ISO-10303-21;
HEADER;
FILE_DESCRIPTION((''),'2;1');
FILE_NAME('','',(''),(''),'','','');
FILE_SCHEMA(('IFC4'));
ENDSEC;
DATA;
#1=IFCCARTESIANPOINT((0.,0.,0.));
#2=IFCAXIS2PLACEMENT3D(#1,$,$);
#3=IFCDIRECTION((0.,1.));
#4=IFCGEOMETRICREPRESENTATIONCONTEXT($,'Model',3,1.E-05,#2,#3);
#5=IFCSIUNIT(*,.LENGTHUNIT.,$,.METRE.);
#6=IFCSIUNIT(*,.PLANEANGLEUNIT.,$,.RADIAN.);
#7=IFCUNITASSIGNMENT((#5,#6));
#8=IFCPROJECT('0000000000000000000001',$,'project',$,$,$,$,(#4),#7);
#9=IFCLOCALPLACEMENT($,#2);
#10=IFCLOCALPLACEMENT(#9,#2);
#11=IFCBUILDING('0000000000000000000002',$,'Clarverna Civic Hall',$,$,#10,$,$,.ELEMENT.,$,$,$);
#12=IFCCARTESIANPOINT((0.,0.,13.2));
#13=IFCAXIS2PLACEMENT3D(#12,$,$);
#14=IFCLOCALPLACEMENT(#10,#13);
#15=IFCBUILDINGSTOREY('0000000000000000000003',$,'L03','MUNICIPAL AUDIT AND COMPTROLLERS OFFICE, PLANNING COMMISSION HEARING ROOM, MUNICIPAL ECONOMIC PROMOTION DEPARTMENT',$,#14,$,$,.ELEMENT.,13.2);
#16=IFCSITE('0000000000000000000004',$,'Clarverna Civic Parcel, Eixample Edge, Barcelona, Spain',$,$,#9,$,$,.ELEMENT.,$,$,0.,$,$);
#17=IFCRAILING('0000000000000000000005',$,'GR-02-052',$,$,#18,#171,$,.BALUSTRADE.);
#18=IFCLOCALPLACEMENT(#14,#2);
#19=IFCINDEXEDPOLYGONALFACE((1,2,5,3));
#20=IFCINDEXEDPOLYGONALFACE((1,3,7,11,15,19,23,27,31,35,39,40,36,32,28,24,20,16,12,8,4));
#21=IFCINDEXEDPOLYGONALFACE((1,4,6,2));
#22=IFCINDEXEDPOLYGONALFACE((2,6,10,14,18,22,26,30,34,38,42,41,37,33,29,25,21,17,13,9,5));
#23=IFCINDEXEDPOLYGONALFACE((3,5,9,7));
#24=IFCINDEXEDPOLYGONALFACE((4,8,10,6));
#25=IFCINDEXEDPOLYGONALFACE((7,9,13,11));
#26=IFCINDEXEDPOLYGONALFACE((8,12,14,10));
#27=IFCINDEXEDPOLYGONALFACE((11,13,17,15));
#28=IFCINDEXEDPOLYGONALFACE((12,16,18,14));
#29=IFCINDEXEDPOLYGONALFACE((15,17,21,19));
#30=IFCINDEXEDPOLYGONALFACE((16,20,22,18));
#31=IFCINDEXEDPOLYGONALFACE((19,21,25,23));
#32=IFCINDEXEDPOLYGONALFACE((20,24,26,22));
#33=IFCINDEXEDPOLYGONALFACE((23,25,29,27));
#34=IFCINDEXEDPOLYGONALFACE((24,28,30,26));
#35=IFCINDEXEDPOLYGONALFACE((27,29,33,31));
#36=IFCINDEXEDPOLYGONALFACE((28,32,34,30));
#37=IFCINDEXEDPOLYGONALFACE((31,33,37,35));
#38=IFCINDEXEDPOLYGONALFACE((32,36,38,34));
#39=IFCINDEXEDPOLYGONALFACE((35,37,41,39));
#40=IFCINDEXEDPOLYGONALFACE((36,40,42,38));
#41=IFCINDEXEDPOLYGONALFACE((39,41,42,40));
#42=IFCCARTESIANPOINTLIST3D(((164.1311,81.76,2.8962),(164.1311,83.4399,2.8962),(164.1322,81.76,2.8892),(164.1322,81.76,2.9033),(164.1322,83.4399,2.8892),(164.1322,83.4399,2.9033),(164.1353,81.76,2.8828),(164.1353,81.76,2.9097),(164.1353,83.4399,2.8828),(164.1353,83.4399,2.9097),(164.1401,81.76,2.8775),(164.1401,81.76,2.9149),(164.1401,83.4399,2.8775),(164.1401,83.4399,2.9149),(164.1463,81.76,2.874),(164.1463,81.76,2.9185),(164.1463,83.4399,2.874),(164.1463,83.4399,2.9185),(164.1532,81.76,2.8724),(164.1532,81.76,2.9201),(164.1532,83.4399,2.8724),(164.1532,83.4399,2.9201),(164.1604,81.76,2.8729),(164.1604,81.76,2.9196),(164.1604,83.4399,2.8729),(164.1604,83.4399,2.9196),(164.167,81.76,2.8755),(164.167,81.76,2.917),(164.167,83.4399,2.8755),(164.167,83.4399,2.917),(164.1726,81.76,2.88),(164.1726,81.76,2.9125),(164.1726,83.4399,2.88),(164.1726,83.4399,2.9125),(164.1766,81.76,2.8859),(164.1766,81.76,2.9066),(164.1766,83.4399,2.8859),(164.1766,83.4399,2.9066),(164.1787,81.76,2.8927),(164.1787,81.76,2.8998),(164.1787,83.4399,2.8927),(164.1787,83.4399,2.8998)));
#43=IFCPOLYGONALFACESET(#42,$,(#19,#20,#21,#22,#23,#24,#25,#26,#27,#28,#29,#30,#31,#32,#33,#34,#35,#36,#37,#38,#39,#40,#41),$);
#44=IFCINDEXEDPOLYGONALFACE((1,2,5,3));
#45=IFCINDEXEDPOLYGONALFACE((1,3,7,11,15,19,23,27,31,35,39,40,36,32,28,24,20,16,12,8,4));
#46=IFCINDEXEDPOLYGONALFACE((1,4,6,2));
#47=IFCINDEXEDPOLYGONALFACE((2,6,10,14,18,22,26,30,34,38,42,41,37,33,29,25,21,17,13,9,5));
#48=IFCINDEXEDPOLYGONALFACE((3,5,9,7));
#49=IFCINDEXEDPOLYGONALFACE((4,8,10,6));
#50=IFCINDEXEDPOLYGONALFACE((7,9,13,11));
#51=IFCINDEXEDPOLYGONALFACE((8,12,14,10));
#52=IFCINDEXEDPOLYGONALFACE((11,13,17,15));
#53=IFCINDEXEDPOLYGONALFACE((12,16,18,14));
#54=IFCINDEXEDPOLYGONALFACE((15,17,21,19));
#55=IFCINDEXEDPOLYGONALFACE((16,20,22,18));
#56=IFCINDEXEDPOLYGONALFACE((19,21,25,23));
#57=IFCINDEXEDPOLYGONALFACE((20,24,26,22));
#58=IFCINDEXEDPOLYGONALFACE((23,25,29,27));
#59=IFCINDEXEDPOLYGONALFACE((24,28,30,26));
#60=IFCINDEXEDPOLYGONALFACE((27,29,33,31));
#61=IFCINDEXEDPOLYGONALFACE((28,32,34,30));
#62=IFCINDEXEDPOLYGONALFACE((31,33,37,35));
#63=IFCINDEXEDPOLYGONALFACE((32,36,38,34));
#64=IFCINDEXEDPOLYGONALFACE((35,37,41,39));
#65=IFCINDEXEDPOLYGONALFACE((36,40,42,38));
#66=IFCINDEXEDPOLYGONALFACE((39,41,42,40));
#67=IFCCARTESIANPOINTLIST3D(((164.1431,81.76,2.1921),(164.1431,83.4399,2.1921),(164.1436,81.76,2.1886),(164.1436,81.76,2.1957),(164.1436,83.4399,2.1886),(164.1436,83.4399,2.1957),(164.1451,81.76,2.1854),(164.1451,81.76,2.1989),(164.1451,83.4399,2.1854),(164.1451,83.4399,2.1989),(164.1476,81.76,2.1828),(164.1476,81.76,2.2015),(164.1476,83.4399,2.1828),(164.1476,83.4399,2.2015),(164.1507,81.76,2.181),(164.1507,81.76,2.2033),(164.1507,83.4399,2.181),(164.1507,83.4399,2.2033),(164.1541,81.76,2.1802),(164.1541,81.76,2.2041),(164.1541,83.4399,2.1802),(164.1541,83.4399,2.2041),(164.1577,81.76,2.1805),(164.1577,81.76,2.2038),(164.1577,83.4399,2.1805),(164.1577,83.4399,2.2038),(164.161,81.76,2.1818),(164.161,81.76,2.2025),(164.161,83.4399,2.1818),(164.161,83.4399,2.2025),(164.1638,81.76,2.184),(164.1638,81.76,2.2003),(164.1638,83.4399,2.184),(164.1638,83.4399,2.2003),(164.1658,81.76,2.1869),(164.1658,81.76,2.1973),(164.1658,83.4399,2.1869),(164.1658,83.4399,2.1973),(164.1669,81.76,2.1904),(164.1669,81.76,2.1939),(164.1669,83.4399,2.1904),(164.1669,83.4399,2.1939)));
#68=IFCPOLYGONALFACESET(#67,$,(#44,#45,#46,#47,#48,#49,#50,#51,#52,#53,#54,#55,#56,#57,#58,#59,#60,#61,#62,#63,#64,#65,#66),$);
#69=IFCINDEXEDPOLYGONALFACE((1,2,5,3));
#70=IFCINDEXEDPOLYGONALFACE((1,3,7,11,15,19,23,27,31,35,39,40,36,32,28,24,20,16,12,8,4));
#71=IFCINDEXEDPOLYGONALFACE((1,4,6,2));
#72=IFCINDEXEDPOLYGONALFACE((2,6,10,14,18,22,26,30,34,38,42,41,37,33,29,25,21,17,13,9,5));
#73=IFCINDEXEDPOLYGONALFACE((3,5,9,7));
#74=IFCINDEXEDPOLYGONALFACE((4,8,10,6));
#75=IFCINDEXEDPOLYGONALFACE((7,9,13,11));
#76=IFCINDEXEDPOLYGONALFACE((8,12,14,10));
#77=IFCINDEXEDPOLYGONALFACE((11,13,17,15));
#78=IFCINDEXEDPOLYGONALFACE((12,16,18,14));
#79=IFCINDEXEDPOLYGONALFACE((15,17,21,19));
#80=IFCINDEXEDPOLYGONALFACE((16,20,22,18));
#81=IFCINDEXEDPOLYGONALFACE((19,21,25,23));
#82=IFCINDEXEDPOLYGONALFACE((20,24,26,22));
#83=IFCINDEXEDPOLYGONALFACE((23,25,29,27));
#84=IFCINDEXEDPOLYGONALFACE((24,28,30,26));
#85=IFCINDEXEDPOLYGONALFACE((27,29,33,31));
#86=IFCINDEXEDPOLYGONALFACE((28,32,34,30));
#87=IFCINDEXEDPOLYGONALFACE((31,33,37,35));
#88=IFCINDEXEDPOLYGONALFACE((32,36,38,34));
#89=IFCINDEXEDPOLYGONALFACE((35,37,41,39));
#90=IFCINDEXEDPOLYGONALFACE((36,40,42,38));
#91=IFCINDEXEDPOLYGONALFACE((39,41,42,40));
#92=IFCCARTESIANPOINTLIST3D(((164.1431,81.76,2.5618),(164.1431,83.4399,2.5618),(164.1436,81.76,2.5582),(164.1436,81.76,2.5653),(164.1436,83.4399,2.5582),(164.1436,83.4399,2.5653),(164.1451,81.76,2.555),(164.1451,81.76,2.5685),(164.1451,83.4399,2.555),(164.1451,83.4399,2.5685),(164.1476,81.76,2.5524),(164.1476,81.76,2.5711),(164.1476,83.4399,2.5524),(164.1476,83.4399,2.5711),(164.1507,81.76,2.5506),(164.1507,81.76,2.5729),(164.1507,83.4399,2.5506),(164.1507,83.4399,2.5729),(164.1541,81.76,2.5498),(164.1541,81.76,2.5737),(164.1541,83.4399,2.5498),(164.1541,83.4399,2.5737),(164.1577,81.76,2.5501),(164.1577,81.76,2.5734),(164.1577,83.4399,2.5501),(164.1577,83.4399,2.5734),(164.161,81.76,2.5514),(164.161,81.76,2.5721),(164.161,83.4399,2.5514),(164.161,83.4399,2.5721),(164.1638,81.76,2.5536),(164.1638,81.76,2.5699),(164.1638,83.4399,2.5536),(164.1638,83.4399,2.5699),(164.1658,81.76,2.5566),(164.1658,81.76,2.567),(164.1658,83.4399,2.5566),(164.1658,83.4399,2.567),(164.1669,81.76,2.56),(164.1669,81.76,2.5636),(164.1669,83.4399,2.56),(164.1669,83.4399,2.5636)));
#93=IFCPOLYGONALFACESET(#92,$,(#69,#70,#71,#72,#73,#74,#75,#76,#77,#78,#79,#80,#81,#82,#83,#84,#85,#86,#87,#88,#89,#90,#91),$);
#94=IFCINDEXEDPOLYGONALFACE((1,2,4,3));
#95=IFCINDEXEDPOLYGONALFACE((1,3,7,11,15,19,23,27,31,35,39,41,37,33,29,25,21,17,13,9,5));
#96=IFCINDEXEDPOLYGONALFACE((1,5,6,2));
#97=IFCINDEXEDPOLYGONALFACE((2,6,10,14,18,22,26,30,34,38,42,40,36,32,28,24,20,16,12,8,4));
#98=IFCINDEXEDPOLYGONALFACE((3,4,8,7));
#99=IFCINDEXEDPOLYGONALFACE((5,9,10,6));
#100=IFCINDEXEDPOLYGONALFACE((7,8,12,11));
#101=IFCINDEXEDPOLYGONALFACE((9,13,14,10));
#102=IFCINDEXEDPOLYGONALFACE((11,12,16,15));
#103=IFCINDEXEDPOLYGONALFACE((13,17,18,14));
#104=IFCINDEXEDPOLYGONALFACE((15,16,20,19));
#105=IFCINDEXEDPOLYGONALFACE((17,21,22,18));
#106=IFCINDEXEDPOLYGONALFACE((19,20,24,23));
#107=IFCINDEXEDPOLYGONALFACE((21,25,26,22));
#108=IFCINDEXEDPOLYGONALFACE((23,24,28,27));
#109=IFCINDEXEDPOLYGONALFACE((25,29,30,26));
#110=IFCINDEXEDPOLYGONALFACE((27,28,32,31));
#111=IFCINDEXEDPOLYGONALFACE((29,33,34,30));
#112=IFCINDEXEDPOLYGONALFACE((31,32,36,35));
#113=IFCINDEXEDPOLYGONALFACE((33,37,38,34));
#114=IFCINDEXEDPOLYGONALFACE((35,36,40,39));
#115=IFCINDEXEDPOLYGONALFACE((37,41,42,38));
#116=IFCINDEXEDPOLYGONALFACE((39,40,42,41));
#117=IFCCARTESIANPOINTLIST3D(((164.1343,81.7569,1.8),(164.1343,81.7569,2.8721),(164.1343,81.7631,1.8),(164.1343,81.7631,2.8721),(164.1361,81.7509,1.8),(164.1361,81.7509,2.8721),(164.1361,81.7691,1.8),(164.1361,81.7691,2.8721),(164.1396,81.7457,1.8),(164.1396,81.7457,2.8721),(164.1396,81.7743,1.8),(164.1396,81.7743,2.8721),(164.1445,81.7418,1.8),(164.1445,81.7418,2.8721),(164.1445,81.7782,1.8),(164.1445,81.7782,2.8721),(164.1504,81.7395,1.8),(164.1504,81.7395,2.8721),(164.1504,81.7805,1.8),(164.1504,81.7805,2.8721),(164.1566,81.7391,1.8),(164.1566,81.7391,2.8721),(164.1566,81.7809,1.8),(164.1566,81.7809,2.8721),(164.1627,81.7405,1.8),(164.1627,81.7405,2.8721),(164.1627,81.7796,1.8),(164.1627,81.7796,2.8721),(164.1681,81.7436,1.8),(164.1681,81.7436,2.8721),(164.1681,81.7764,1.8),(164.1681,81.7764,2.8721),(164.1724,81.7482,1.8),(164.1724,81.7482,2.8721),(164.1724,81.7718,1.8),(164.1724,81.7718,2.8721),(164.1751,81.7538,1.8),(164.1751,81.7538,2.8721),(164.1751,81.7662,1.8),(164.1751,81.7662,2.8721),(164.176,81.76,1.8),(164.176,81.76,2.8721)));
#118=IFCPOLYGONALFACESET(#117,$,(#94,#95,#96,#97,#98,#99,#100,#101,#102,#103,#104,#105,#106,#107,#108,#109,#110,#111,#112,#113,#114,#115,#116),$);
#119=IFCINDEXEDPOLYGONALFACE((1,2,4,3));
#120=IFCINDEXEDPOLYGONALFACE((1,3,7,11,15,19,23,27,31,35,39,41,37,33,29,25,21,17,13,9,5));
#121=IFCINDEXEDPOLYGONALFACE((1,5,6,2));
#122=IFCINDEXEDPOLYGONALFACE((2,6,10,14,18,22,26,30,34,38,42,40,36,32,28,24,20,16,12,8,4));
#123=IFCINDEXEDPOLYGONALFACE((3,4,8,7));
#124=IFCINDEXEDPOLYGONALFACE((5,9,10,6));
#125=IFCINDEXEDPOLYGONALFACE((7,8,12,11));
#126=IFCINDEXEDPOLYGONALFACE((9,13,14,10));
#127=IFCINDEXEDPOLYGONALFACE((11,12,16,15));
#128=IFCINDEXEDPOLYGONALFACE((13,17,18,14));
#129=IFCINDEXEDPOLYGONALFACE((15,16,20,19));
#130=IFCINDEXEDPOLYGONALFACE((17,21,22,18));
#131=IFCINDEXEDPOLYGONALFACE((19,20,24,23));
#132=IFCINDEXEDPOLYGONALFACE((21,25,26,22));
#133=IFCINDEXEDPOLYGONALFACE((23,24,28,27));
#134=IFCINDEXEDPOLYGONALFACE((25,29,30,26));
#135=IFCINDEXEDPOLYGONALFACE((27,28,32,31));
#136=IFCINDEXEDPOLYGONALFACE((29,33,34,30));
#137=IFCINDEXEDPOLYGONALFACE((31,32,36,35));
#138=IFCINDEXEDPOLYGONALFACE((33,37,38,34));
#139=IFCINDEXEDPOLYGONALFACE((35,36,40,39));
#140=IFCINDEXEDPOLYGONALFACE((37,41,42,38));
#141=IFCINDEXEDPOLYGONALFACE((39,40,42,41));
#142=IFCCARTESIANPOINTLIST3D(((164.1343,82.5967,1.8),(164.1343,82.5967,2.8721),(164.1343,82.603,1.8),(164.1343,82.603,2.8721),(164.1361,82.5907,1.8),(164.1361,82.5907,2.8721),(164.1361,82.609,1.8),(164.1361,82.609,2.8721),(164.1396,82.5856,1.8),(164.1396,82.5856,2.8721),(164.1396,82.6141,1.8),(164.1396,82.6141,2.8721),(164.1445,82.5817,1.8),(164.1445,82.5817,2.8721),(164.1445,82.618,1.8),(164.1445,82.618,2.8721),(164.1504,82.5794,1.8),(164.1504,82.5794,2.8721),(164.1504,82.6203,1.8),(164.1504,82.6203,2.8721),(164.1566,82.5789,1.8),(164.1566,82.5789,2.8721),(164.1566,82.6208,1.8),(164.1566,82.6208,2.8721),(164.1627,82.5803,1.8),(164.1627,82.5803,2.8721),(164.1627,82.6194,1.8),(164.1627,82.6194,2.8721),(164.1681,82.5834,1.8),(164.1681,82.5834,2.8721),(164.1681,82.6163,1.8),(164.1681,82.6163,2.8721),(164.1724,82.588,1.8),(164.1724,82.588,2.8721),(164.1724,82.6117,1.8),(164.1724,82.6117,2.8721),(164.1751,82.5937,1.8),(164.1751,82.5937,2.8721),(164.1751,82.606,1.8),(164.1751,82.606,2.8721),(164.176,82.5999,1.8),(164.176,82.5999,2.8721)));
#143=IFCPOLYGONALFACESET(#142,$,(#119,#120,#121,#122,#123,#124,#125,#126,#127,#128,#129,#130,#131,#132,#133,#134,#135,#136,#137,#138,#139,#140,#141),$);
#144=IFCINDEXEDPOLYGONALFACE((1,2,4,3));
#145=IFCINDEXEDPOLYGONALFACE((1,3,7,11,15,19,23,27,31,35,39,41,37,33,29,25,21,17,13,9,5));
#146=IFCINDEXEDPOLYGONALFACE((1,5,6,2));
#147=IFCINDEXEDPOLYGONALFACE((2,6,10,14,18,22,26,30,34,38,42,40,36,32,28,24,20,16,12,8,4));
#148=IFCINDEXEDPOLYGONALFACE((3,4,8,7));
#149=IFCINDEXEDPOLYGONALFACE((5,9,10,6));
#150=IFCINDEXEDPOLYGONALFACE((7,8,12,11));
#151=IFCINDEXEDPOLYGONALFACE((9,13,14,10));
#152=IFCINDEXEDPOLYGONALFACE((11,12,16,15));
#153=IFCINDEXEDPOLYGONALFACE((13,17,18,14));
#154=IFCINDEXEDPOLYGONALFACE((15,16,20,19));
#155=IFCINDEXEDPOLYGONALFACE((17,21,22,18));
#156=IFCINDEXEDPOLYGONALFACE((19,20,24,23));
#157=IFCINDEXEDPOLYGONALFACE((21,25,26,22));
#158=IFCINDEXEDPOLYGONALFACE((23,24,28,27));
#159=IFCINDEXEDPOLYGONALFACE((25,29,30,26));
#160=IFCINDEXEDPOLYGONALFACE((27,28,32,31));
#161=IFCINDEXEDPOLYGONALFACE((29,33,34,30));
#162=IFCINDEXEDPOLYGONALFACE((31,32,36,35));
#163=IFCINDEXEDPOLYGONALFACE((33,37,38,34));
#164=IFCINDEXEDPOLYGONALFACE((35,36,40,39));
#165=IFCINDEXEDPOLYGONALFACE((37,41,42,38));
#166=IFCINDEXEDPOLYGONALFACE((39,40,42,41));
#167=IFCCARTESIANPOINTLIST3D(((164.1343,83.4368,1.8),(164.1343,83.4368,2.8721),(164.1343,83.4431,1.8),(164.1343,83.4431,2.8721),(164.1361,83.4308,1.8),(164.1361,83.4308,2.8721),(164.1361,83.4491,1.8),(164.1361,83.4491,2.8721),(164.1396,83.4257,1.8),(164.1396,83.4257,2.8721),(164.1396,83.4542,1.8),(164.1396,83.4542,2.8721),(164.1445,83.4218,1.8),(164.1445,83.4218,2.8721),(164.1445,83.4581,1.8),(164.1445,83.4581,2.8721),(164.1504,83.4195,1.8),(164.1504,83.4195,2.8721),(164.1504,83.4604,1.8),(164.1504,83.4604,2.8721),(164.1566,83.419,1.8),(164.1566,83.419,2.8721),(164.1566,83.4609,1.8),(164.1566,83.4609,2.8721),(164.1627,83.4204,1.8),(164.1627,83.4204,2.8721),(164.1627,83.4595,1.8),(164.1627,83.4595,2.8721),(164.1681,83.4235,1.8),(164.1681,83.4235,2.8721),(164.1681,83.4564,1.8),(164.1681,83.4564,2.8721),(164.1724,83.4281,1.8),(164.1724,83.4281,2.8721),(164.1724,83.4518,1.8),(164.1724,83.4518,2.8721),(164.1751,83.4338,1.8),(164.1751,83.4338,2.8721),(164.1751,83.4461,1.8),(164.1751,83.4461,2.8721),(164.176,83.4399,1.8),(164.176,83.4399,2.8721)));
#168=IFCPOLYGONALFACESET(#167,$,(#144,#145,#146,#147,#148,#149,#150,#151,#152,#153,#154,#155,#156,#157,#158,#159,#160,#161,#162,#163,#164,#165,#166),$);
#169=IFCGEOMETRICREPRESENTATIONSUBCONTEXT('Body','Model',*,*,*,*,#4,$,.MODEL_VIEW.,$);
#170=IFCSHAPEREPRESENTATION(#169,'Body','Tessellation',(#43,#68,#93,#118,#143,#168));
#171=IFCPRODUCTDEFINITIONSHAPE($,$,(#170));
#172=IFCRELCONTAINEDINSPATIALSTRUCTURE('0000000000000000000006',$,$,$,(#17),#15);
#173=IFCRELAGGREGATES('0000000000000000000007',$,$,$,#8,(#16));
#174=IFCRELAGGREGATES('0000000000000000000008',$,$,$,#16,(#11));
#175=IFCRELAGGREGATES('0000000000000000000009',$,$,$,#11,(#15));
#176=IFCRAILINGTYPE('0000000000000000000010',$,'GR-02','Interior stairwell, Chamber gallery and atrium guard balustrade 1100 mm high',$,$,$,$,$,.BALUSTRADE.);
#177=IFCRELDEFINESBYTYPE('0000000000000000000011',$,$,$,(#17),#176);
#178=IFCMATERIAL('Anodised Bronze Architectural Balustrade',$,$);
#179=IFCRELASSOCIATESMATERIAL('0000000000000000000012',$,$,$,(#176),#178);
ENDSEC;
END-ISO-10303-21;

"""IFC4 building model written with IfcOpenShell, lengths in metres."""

from ifc_helpers import new_model, si_unit, direction, frame, origin, origin_2d, place, context, subcontext, project, spatial, circle, extrude, material, type_object, element, save


model = new_model("IFC4")

# Units and contexts
model_context = context("Model", 3, precision=1e-05, world=origin(), true_north=direction((0.0, 1.0)))
body_context = subcontext(model_context, "Body", "Model", "MODEL_VIEW")
ifc_project = project(units=[si_unit("LENGTHUNIT", "METRE"), si_unit("PLANEANGLEUNIT", "RADIAN")], contexts=[model_context])

# Site, building, storey
site_placement = place(None, origin())
site = spatial("IfcSite", under=ifc_project, at=site_placement, Name="Clarverna Civic Parcel, Eixample Edge, Barcelona, Spain", CompositionType="ELEMENT", RefElevation=0.0)
building_placement = place(site_placement, origin())
building = spatial("IfcBuilding", under=site, at=building_placement, Name="Clarverna Civic Hall", CompositionType="ELEMENT")
storey_placement = place(building_placement, frame((0.0, 0.0, 13.2)))
storey = spatial("IfcBuildingStorey", under=building, at=storey_placement, Name="L03", Description="MUNICIPAL AUDIT AND COMPTROLLERS OFFICE, PLANNING COMMISSION HEARING ROOM, MUNICIPAL ECONOMIC PROMOTION DEPARTMENT", CompositionType="ELEMENT", Elevation=13.2)

# Railing
ifc_material_1 = material(Name="Anodised Bronze Architectural Balustrade")
railing_type_1 = type_object("IfcRailingType", Name="GR-02", Description="Interior stairwell, Chamber gallery and atrium guard balustrade 1100 mm high", PredefinedType="BALUSTRADE", material=ifc_material_1)
railing_1_placement = place(storey_placement, frame((164.155, 81.76, 1.8)))
element("IfcRailing", 1, at=railing_1_placement, inside=storey, type_object=railing_type_1, Name="GR-02-052", PredefinedType="BALUSTRADE", context=body_context, shape_type="SweptSolid", body=[
    extrude(circle(Radius=0.0239, at=origin_2d()), frame((0.0, 0.0, 1.0962), z_axis=(0.0, 1.0, 0.0), x_axis=(-1.0, 0.0, 0.0)), (0.0, 0.0, 1.0), 1.6799),
    extrude(circle(Radius=0.012, at=origin_2d()), frame((0.0, 0.0, 0.3921), z_axis=(0.0, 1.0, 0.0), x_axis=(-1.0, 0.0, 0.0)), (0.0, 0.0, 1.0), 1.6799),
    extrude(circle(Radius=0.012, at=origin_2d()), frame((0.0, 0.0, 0.7617), z_axis=(0.0, 1.0, 0.0), x_axis=(-1.0, 0.0, 0.0)), (0.0, 0.0, 1.0), 1.6799),
    extrude(circle(Radius=0.021, at=origin_2d()), origin(), (0.0, 0.0, 1.0), 1.072),
    extrude(circle(Radius=0.021, at=origin_2d()), frame((0.0, 0.8398, 0.0)), (0.0, 0.0, 1.0), 1.072),
    extrude(circle(Radius=0.021, at=origin_2d()), frame((0.0, 1.6799, 0.0)), (0.0, 0.0, 1.0), 1.072),
])

save(model, "model.ifc")
